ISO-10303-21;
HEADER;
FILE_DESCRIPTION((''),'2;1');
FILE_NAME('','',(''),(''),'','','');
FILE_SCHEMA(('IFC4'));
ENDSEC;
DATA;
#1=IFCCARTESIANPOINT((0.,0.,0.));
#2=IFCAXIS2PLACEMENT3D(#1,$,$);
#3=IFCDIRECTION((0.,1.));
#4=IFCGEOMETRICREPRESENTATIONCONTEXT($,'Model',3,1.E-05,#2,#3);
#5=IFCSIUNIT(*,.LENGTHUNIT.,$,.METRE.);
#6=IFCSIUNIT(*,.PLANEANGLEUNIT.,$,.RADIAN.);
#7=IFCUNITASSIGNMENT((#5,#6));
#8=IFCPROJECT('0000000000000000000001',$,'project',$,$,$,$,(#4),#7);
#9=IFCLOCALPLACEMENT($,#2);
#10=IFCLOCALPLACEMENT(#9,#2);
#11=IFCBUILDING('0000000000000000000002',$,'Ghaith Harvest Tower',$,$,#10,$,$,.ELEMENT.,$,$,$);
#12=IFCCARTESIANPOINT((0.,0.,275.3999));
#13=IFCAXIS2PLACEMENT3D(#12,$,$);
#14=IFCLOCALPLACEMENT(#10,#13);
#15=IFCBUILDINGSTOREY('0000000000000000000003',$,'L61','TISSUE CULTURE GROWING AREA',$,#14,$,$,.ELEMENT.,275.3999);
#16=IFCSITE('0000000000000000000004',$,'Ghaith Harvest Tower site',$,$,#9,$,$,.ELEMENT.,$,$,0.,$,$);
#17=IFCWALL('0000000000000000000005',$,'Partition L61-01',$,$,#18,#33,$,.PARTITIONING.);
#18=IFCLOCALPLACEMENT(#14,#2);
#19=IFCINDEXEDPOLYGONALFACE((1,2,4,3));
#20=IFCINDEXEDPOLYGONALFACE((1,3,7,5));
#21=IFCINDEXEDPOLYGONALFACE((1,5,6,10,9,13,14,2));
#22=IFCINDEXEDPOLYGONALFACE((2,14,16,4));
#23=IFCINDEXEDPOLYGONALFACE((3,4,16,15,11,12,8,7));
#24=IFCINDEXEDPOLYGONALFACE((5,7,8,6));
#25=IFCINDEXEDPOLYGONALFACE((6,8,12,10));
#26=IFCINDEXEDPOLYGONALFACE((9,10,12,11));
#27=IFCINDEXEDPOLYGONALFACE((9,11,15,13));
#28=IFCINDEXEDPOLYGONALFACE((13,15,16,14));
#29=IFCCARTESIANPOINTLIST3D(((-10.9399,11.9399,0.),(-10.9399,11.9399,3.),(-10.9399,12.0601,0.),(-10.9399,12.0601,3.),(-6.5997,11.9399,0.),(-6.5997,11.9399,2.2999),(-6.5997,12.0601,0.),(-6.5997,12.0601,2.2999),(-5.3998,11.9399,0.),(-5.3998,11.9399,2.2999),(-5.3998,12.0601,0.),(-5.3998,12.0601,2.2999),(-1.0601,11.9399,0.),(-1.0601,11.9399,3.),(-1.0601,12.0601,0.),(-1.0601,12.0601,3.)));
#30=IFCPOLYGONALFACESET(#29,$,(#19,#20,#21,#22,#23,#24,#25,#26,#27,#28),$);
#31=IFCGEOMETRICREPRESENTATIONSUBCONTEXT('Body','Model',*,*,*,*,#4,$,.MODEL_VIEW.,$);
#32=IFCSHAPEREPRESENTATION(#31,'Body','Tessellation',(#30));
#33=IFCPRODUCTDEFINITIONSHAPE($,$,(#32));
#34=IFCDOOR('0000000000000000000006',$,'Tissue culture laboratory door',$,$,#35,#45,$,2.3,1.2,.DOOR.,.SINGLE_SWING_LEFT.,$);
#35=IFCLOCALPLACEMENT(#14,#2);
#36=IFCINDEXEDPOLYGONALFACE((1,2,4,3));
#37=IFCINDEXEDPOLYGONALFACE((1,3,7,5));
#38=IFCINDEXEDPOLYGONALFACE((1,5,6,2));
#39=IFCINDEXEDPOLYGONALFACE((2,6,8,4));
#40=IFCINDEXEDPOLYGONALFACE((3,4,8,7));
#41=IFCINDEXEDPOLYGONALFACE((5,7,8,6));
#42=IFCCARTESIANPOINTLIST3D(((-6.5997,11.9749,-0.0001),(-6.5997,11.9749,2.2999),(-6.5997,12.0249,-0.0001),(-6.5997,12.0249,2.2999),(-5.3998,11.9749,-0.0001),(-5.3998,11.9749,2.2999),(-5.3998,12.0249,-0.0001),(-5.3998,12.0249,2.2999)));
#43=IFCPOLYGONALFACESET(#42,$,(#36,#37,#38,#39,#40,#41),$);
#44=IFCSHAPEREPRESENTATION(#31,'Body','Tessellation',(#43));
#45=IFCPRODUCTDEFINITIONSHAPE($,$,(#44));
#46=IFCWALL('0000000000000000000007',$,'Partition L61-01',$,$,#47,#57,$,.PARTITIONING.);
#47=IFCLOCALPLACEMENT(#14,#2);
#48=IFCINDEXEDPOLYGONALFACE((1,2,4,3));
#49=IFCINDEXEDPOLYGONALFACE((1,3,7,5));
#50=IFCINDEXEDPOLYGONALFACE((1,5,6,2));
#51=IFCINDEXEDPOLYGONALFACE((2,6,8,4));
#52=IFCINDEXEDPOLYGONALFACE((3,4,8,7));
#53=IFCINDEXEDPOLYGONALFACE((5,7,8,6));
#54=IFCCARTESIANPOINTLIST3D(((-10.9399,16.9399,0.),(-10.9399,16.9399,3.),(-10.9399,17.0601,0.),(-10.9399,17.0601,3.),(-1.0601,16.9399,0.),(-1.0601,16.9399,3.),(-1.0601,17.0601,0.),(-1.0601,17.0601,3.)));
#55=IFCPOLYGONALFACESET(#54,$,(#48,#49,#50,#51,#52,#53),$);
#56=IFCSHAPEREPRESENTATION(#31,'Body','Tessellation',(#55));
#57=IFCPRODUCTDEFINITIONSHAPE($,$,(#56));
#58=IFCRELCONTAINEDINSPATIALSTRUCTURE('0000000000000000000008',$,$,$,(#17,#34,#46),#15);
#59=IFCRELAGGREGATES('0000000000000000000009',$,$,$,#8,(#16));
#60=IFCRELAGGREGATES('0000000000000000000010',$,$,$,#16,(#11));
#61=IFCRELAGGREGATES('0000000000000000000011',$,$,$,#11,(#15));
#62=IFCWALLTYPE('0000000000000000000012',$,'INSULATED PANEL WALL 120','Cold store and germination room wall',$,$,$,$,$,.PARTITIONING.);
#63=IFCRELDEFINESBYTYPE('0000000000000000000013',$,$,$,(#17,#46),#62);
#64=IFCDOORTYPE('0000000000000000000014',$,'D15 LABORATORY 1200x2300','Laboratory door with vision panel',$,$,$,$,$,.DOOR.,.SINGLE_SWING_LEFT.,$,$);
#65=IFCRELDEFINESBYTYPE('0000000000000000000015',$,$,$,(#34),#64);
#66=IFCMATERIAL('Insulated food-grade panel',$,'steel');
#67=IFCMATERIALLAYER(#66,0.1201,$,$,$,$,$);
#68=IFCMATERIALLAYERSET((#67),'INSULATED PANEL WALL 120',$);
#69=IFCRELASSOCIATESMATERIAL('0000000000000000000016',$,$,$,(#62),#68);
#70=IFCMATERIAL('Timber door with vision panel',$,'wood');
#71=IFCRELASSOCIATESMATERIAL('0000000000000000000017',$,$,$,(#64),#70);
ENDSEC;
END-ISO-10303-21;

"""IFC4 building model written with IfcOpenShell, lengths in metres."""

from ifc_helpers import new_model, si_unit, direction, frame, frame_2d, origin, place, context, subcontext, project, spatial, rectangle, extrude, material, layer, layer_set, type_object, element, fill, save


model = new_model("IFC4")

# Units and contexts
model_context = context("Model", 3, precision=1e-05, world=origin(), true_north=direction((0.0, 1.0)))
body_context = subcontext(model_context, "Body", "Model", "MODEL_VIEW")
ifc_project = project(units=[si_unit("LENGTHUNIT", "METRE"), si_unit("PLANEANGLEUNIT", "RADIAN")], contexts=[model_context])

# Site, building, storey
site_placement = place(None, origin())
site = spatial("IfcSite", under=ifc_project, at=site_placement, Name="Ghaith Harvest Tower site", CompositionType="ELEMENT", RefElevation=0.0)
building_placement = place(site_placement, origin())
building = spatial("IfcBuilding", under=site, at=building_placement, Name="Ghaith Harvest Tower", CompositionType="ELEMENT")
storey_placement = place(building_placement, frame((0.0, 0.0, 275.3999)))
storey = spatial("IfcBuildingStorey", under=building, at=storey_placement, Name="L61", Description="TISSUE CULTURE GROWING AREA", CompositionType="ELEMENT", Elevation=275.3999)

# Shared definitions
ifc_material_1 = material(Name="Insulated food-grade panel", Category="steel")
ifc_layer_1 = layer(ifc_material_1, 0.1201)
ifc_layer_set_1 = layer_set([ifc_layer_1], Name="INSULATED PANEL WALL 120")
wall_type = type_object("IfcWallType", Name="INSULATED PANEL WALL 120", Description="Cold store and germination room wall", PredefinedType="PARTITIONING", material=ifc_layer_set_1)

# Wall, opening, door
wall_1_placement = place(storey_placement, frame((-10.9399, 12.0, 0.0), z_axis=(0.0, 0.0, 1.0), x_axis=(1.0, 0.0, 0.0)))
wall_1 = element("IfcWall", 1, at=wall_1_placement, inside=storey, type_object=wall_type, Name="Partition L61-01", PredefinedType="PARTITIONING", context=body_context, shape_type="SweptSolid", body=[
    extrude(rectangle(XDim=9.8799, YDim=0.1201, at=frame_2d((4.9399, 0.0))), origin(), (0.0, 0.0, 1.0), 3.0),
])
opening_placement = place(wall_1_placement, frame((4.3401, 0.0, 0.0)))
opening = element("IfcOpeningElement", 2, at=opening_placement, cuts=wall_1, PredefinedType="OPENING", context=body_context, shape_type="SweptSolid", body=[
    extrude(rectangle(XDim=1.2, YDim=2.3, at=frame_2d((0.6001, 1.1499))), frame((0.0, 0.0701, 0.0), z_axis=(0.0, -1.0, 0.0), x_axis=(1.0, 0.0, 0.0)), (0.0, 0.0, 1.0), 0.1401),
])
ifc_material_2 = material(Name="Timber door with vision panel", Category="wood")
door_type = type_object("IfcDoorType", Name="D15 LABORATORY 1200x2300", Description="Laboratory door with vision panel", OperationType="SINGLE_SWING_LEFT", PredefinedType="DOOR", material=ifc_material_2)
door_placement = place(opening_placement, origin())
door = element("IfcDoor", 3, at=door_placement, inside=storey, type_object=door_type, Name="Tissue culture laboratory door", OperationType="SINGLE_SWING_LEFT", OverallHeight=2.3, OverallWidth=1.2, PredefinedType="DOOR", context=body_context, shape_type="SweptSolid", body=[
    extrude(rectangle(XDim=1.2, YDim=2.3, at=frame_2d((0.6001, 1.1499))), frame((0.0, 0.0249, 0.0), z_axis=(0.0, -1.0, 0.0), x_axis=(1.0, 0.0, 0.0)), (0.0, 0.0, 1.0), 0.05),
])
fill(opening, door)

# Wall
wall_2_placement = place(storey_placement, frame((-10.9399, 17.0, 0.0), z_axis=(0.0, 0.0, 1.0), x_axis=(1.0, 0.0, 0.0)))
element("IfcWall", 4, at=wall_2_placement, inside=storey, type_object=wall_type, Name="Partition L61-01", PredefinedType="PARTITIONING", context=body_context, shape_type="SweptSolid", body=[
    extrude(rectangle(XDim=9.8799, YDim=0.1201, at=frame_2d((4.9399, 0.0))), origin(), (0.0, 0.0, 1.0), 3.0),
])

save(model, "model.ifc")
